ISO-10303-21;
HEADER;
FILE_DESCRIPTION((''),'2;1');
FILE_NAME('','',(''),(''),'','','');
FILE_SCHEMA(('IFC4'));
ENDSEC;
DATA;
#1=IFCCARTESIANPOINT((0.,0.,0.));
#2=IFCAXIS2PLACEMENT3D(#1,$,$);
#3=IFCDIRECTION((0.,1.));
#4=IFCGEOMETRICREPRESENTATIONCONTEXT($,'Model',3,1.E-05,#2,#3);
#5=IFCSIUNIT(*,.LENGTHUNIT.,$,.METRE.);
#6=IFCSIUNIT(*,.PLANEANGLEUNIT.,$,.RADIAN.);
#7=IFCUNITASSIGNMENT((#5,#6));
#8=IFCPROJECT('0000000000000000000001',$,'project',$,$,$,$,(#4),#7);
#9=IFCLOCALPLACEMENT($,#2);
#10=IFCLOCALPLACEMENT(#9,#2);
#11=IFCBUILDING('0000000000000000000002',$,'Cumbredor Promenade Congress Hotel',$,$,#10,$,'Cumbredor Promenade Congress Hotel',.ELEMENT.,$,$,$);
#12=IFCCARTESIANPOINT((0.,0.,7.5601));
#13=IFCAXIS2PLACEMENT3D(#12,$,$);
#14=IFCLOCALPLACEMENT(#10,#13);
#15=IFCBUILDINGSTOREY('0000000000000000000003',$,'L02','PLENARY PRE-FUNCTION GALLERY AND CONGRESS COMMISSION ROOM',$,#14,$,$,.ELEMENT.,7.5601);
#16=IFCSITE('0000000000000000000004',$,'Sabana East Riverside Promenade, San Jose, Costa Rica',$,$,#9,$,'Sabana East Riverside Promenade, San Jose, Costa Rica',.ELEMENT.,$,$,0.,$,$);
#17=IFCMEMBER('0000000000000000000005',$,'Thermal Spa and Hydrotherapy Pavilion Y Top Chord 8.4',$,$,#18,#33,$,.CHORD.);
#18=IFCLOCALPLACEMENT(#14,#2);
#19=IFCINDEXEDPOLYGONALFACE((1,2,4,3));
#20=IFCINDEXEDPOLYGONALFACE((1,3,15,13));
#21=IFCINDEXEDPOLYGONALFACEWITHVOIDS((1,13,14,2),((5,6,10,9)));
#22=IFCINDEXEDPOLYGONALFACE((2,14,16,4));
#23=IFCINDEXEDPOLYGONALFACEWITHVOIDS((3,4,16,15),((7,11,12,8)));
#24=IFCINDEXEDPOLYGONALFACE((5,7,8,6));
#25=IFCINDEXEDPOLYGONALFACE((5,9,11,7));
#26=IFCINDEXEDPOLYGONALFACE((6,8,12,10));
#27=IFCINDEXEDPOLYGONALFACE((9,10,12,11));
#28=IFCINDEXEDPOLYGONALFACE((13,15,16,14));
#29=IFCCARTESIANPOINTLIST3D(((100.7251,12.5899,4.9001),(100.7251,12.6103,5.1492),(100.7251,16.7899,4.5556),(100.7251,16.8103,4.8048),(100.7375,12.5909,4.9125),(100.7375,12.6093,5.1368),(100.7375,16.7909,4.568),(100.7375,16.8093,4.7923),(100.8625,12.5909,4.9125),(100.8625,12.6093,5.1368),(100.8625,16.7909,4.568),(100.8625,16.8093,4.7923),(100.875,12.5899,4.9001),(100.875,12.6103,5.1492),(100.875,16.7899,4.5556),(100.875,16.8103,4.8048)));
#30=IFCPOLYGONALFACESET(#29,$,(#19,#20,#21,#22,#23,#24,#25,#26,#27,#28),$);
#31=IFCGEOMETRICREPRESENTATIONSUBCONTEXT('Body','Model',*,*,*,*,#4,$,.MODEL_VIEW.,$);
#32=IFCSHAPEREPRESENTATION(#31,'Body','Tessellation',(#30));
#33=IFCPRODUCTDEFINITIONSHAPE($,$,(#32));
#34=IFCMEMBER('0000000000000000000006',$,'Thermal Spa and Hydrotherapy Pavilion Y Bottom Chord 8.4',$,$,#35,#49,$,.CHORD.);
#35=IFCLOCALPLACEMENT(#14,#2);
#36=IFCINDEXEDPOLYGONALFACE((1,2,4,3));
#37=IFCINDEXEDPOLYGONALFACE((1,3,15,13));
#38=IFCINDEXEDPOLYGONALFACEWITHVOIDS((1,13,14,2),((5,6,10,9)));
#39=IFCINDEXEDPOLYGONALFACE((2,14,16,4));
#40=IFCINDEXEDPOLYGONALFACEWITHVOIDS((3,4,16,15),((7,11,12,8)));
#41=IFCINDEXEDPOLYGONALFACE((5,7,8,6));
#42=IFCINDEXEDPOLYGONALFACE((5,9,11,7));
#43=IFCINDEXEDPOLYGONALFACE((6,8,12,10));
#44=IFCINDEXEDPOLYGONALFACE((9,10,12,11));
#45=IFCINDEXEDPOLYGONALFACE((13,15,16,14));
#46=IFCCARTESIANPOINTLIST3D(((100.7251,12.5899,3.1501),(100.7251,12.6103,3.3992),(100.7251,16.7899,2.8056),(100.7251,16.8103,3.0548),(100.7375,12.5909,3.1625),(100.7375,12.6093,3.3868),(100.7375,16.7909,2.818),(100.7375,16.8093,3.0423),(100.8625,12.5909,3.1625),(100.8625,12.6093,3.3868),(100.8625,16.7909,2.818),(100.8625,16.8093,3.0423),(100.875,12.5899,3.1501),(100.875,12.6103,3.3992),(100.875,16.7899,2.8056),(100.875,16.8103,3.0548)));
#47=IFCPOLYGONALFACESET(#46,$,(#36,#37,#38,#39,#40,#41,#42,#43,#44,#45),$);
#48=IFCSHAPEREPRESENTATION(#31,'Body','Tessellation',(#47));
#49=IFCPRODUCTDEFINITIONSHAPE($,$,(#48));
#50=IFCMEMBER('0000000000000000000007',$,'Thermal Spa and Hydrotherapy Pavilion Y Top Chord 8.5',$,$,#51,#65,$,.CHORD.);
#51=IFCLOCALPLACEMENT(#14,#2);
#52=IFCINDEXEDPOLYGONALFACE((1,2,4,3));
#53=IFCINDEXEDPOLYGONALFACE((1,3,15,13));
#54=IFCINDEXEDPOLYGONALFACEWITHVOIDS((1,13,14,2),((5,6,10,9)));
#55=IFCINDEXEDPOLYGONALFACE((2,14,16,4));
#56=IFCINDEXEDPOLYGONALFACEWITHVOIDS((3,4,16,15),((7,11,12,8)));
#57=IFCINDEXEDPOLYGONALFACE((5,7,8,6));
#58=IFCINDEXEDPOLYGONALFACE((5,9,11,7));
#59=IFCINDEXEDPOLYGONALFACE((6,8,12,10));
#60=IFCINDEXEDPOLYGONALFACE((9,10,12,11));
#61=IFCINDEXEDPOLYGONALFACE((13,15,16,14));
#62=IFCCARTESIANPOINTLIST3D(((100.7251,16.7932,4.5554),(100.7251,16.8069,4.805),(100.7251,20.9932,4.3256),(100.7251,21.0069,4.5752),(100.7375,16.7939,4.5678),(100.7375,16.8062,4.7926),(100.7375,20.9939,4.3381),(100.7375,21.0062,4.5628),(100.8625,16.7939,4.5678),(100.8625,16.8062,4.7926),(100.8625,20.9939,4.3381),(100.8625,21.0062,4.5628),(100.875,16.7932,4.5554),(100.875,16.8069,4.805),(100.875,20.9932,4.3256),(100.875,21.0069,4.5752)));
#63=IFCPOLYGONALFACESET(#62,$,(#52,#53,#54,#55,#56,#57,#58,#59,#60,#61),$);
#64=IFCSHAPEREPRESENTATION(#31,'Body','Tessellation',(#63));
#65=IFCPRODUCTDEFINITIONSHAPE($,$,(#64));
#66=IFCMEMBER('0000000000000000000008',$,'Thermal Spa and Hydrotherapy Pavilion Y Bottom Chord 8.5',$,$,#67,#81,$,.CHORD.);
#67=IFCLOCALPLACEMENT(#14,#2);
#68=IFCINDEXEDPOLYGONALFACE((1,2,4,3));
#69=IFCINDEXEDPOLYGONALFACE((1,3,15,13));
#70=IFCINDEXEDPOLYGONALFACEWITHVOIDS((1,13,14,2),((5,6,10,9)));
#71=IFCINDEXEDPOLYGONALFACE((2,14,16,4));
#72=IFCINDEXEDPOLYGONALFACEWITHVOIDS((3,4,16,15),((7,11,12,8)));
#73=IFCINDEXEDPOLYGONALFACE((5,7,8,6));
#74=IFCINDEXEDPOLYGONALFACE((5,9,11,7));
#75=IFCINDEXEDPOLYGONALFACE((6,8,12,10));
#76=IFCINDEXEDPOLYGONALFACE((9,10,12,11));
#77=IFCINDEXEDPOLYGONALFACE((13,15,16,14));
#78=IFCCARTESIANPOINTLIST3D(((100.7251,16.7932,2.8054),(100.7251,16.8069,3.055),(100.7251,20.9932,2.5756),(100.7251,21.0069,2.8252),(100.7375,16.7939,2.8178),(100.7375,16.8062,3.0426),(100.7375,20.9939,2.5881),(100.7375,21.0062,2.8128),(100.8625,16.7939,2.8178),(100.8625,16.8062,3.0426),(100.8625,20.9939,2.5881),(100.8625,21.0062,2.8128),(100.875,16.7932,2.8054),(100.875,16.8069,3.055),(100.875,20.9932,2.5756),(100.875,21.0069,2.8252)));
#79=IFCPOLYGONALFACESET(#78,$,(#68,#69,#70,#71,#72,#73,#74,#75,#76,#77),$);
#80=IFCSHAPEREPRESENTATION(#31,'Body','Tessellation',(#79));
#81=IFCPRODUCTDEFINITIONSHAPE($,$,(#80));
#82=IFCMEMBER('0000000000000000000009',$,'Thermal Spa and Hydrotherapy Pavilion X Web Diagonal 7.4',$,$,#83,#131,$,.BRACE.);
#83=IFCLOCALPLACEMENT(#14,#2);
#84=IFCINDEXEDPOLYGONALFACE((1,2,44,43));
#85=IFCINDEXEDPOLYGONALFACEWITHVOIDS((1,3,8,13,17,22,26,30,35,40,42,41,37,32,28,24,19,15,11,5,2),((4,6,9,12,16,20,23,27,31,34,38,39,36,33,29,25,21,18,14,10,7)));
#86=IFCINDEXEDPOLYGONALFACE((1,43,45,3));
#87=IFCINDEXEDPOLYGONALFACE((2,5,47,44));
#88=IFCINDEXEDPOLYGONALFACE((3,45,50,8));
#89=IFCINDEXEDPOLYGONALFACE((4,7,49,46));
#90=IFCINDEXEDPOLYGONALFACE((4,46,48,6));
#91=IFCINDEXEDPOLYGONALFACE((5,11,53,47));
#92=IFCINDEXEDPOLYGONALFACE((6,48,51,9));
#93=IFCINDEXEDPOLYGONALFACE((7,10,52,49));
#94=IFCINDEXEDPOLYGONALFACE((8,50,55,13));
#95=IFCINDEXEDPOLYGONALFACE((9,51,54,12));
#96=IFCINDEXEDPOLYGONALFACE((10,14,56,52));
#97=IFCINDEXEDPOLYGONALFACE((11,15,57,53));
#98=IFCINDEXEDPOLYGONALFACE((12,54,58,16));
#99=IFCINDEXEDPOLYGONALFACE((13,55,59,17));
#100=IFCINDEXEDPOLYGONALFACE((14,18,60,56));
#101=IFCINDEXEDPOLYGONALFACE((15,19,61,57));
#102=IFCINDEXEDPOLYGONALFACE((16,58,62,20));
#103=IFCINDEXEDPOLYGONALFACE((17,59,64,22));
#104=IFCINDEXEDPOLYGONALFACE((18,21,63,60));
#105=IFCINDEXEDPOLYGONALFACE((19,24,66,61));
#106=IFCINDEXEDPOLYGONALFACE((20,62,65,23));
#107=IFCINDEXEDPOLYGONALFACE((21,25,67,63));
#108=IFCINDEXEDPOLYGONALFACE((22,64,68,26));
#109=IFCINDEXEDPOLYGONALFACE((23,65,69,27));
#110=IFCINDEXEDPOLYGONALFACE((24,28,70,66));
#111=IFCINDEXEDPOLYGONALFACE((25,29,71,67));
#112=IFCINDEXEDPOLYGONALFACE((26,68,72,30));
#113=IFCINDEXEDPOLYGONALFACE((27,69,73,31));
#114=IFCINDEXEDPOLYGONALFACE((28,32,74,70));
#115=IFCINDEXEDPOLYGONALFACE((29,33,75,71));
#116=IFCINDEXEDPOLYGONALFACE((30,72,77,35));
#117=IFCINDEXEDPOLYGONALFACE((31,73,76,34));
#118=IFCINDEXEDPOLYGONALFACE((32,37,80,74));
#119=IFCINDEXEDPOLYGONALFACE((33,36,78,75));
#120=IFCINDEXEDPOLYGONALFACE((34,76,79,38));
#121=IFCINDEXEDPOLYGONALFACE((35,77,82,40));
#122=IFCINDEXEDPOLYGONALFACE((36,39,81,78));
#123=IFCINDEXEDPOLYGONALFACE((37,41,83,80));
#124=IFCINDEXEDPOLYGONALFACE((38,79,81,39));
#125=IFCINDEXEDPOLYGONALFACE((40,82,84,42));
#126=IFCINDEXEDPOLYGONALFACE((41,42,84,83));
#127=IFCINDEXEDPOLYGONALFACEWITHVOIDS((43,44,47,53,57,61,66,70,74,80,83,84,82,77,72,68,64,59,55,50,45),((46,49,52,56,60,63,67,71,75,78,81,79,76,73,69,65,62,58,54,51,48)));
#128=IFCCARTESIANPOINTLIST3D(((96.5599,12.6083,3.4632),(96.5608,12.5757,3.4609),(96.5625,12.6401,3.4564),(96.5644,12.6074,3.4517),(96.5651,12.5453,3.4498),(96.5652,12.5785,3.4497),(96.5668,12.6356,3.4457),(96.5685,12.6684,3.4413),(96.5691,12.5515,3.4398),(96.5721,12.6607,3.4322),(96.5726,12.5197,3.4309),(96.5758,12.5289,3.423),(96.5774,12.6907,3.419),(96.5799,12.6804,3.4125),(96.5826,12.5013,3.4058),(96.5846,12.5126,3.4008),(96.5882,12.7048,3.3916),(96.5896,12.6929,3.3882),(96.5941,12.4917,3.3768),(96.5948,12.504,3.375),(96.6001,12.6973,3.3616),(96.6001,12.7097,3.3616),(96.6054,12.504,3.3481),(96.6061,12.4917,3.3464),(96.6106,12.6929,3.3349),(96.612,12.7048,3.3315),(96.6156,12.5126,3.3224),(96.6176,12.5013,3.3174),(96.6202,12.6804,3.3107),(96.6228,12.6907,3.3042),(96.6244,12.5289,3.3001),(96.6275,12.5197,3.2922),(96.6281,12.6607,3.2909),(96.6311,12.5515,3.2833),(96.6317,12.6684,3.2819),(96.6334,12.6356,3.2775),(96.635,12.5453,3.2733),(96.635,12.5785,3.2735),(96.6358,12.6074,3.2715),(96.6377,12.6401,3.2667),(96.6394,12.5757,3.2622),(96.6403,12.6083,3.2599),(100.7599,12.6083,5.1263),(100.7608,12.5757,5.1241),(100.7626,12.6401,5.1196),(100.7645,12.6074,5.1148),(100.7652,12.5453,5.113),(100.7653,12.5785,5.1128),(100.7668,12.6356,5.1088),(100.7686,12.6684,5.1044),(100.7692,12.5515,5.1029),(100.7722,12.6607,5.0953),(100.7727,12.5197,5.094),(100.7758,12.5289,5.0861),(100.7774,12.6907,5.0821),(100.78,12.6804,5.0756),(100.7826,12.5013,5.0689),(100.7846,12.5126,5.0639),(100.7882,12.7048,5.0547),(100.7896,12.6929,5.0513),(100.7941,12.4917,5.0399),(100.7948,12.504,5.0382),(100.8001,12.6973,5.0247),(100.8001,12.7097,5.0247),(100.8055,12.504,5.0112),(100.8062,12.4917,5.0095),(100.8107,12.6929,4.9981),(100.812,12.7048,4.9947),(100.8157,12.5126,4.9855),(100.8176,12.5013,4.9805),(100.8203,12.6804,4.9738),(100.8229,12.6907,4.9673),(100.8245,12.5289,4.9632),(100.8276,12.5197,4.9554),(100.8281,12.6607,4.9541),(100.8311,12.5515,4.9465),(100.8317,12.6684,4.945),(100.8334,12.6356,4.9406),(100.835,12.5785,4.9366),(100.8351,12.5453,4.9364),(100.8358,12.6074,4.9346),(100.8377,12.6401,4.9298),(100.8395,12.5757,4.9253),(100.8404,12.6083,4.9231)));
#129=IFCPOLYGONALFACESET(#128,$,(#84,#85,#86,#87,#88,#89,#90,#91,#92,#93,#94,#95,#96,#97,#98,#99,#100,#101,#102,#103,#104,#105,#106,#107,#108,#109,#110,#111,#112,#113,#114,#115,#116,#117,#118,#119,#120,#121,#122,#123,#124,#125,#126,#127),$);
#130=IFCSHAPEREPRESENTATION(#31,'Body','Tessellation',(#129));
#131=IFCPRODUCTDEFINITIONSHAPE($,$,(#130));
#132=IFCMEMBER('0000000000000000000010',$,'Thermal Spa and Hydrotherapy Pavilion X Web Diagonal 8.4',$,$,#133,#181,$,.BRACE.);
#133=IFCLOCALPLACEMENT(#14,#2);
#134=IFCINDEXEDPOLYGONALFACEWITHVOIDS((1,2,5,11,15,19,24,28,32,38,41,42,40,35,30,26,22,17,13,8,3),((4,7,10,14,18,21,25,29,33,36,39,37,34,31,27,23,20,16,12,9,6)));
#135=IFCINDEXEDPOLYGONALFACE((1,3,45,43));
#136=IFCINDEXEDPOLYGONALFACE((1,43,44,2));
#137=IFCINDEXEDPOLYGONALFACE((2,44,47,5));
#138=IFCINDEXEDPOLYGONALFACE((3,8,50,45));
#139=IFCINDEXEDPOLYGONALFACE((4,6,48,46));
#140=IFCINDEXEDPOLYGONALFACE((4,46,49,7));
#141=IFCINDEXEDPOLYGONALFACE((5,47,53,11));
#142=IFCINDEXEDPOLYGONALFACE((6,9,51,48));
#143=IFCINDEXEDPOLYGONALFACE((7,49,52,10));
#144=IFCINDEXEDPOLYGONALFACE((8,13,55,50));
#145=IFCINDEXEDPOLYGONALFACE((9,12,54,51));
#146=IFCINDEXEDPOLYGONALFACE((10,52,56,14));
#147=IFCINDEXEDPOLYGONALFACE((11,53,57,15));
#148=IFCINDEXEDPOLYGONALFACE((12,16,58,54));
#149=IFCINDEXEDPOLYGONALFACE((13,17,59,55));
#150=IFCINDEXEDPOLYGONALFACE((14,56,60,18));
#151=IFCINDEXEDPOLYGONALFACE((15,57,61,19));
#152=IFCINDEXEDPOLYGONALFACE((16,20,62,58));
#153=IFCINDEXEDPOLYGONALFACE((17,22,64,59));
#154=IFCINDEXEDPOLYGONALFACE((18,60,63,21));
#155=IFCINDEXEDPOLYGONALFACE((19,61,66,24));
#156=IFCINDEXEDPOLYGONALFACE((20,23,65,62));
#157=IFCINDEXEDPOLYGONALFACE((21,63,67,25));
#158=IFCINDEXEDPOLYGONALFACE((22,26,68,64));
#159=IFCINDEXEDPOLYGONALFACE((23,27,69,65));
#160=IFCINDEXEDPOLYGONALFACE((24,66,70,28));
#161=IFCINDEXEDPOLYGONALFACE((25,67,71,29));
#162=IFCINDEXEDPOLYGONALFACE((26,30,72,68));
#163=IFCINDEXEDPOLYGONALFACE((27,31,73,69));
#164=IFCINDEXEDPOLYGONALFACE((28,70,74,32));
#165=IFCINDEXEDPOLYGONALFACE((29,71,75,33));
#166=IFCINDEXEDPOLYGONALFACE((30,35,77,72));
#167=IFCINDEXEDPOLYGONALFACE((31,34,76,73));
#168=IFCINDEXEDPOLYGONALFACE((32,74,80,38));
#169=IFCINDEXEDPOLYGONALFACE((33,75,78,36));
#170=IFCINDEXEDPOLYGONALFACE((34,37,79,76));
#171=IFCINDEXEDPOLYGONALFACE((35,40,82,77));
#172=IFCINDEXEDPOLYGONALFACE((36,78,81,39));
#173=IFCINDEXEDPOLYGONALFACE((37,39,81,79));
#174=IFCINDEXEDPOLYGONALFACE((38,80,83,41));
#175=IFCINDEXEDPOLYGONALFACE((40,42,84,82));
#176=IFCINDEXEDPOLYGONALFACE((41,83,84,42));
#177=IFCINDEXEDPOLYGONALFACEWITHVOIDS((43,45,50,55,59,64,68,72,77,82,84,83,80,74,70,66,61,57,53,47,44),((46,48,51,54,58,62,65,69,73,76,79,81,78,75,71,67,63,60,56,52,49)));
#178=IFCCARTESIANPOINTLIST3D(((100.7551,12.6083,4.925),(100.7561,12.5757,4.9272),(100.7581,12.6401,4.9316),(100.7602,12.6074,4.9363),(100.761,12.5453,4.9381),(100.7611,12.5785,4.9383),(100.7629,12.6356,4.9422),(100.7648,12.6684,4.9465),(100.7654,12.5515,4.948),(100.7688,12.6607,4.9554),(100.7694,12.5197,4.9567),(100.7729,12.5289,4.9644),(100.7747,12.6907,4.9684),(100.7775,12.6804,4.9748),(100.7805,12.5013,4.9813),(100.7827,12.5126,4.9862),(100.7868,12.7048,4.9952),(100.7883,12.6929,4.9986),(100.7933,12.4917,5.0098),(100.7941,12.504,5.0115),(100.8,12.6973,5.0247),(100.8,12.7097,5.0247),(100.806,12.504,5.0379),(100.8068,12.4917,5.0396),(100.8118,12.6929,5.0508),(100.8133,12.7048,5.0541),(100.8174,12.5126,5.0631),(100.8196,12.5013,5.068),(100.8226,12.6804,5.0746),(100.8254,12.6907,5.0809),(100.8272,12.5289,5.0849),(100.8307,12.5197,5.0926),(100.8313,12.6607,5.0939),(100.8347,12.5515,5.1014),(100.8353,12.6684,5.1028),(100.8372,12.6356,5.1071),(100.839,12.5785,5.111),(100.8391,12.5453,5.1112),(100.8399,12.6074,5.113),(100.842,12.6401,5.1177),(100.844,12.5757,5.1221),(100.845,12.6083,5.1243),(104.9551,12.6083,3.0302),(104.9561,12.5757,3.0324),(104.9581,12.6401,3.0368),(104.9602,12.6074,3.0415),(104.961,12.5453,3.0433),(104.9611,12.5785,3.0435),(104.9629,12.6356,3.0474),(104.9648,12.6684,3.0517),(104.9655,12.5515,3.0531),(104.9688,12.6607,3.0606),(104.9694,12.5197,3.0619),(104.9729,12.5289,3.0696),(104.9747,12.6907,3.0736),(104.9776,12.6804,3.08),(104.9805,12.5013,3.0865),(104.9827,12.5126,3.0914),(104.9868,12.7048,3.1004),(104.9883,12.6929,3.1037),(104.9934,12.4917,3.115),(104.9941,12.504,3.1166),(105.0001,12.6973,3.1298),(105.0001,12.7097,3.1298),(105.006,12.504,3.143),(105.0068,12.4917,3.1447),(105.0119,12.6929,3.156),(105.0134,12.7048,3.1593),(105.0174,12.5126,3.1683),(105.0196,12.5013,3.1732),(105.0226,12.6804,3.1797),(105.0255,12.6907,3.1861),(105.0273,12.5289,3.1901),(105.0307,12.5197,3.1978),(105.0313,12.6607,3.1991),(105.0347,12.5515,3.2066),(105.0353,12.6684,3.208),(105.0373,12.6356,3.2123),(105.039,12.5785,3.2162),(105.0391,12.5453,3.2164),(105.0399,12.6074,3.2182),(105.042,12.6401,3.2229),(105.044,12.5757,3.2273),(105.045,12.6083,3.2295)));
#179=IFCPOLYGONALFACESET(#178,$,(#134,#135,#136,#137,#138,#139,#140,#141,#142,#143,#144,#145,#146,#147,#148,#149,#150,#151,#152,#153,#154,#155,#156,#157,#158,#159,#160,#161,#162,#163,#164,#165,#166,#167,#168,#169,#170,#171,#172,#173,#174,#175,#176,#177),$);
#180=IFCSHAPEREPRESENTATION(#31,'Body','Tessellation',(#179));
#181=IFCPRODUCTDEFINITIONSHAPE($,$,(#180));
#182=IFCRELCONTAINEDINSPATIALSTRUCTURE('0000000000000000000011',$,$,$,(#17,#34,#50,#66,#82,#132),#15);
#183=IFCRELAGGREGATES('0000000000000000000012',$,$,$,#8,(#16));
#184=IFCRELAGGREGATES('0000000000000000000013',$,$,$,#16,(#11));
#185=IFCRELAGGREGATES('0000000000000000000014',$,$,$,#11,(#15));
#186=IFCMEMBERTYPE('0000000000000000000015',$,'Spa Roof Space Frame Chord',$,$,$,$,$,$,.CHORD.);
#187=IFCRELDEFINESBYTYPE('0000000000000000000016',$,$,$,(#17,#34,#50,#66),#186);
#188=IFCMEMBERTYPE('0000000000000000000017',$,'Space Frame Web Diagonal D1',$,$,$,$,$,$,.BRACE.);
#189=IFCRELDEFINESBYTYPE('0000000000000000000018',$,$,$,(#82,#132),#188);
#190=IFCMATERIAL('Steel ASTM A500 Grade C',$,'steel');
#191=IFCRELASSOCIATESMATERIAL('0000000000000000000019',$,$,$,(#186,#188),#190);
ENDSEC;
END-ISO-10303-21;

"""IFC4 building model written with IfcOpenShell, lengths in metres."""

from ifc_helpers import new_model, si_unit, direction, frame, origin, origin_2d, place, context, subcontext, project, spatial, hollow_rectangle, hollow_circle, extrude, material, material_profile, profile_set, type_object, element, save


model = new_model("IFC4")

# Units and contexts
model_context = context("Model", 3, precision=1e-05, world=origin(), true_north=direction((0.0, 1.0)))
body_context = subcontext(model_context, "Body", "Model", "MODEL_VIEW")
ifc_project = project(units=[si_unit("LENGTHUNIT", "METRE"), si_unit("PLANEANGLEUNIT", "RADIAN")], contexts=[model_context])

# Site, building, storey
site_placement = place(None, origin())
site = spatial("IfcSite", under=ifc_project, at=site_placement, Name="Sabana East Riverside Promenade, San Jose, Costa Rica", LongName="Sabana East Riverside Promenade, San Jose, Costa Rica", CompositionType="ELEMENT", RefElevation=0.0)
building_placement = place(site_placement, origin())
building = spatial("IfcBuilding", under=site, at=building_placement, Name="Cumbredor Promenade Congress Hotel", LongName="Cumbredor Promenade Congress Hotel", CompositionType="ELEMENT")
storey_placement = place(building_placement, frame((0.0, 0.0, 7.5601)))
storey = spatial("IfcBuildingStorey", under=building, at=storey_placement, Name="L02", Description="PLENARY PRE-FUNCTION GALLERY AND CONGRESS COMMISSION ROOM", CompositionType="ELEMENT", Elevation=7.5601)

# Members
ifc_material_1 = material(Name="Steel ASTM A500 Grade C", Category="steel")
ifc_material_profile_1 = material_profile(ifc_material_1, hollow_rectangle(XDim=0.1499, YDim=0.25, WallThickness=0.0125, at=origin_2d()), Name="HSS 250x150x12.5")
ifc_profile_set_1 = profile_set([ifc_material_profile_1], Name="Steel ASTM A500 Grade C")
member_type_1 = type_object("IfcMemberType", Name="Spa Roof Space Frame Chord", PredefinedType="CHORD", material=ifc_profile_set_1)
for number, where, z_axis, x_axis, name in (
    (1, (100.8, 12.6001, 5.0247), (0.0, 0.996653, -0.081746), (-1.0, 0.0, 0.0), "Thermal Spa and Hydrotherapy Pavilion Y Top Chord 8.4"),
    (2, (100.8, 12.6001, 3.2747), (0.0, 0.996653, -0.081746), (-1.0, 0.0, 0.0), "Thermal Spa and Hydrotherapy Pavilion Y Bottom Chord 8.4"),
):
    element("IfcMember", number, at=place(storey_placement, frame(where, z_axis=z_axis, x_axis=x_axis)), inside=storey, type_object=member_type_1, Name=name, PredefinedType="CHORD", context=body_context, shape_type="SweptSolid", body=[
        extrude(hollow_rectangle(XDim=0.1499, YDim=0.25, WallThickness=0.0125, at=origin_2d()), origin(), (0.0, 0.0, 1.0), 4.2141),
    ])
for number, where, z_axis, x_axis, name in (
    (3, (100.8, 16.8, 4.6802), (0.0, 0.998507, -0.054618), (-1.0, 0.0, 0.0), "Thermal Spa and Hydrotherapy Pavilion Y Top Chord 8.5"),
    (4, (100.8, 16.8, 2.9302), (0.0, 0.998507, -0.054618), (-1.0, 0.0, 0.0), "Thermal Spa and Hydrotherapy Pavilion Y Bottom Chord 8.5"),
):
    element("IfcMember", number, at=place(storey_placement, frame(where, z_axis=z_axis, x_axis=x_axis)), inside=storey, type_object=member_type_1, Name=name, PredefinedType="CHORD", context=body_context, shape_type="SweptSolid", body=[
        extrude(hollow_rectangle(XDim=0.1499, YDim=0.25, WallThickness=0.0125, at=origin_2d()), origin(), (0.0, 0.0, 1.0), 4.2063),
    ])
ifc_material_profile_2 = material_profile(ifc_material_1, hollow_circle(Radius=0.1096, WallThickness=0.0125, at=origin_2d()), Name="CHS 219.1x12.5")
ifc_profile_set_2 = profile_set([ifc_material_profile_2], Name="Steel ASTM A500 Grade C")
member_type_2 = type_object("IfcMemberType", Name="Space Frame Web Diagonal D1", PredefinedType="BRACE", material=ifc_profile_set_2)
member_1_placement = place(storey_placement, frame((96.6001, 12.6001, 3.3616), z_axis=(0.929761, 0.0, 0.368164), x_axis=(0.0, 1.0, 0.0)))
element("IfcMember", 5, at=member_1_placement, inside=storey, type_object=member_type_2, Name="Thermal Spa and Hydrotherapy Pavilion X Web Diagonal 7.4", PredefinedType="BRACE", context=body_context, shape_type="SweptSolid", body=[
    extrude(hollow_circle(Radius=0.1096, WallThickness=0.0125, at=origin_2d()), origin(), (0.0, 0.0, 1.0), 4.5173),
])
member_2_placement = place(storey_placement, frame((100.8, 12.6001, 5.0247), z_axis=(0.911531, 0.0, -0.41123), x_axis=(0.0, 1.0, 0.0)))
element("IfcMember", 6, at=member_2_placement, inside=storey, type_object=member_type_2, Name="Thermal Spa and Hydrotherapy Pavilion X Web Diagonal 8.4", PredefinedType="BRACE", context=body_context, shape_type="SweptSolid", body=[
    extrude(hollow_circle(Radius=0.1096, WallThickness=0.0125, at=origin_2d()), origin(), (0.0, 0.0, 1.0), 4.6077),
])

save(model, "model.ifc")
